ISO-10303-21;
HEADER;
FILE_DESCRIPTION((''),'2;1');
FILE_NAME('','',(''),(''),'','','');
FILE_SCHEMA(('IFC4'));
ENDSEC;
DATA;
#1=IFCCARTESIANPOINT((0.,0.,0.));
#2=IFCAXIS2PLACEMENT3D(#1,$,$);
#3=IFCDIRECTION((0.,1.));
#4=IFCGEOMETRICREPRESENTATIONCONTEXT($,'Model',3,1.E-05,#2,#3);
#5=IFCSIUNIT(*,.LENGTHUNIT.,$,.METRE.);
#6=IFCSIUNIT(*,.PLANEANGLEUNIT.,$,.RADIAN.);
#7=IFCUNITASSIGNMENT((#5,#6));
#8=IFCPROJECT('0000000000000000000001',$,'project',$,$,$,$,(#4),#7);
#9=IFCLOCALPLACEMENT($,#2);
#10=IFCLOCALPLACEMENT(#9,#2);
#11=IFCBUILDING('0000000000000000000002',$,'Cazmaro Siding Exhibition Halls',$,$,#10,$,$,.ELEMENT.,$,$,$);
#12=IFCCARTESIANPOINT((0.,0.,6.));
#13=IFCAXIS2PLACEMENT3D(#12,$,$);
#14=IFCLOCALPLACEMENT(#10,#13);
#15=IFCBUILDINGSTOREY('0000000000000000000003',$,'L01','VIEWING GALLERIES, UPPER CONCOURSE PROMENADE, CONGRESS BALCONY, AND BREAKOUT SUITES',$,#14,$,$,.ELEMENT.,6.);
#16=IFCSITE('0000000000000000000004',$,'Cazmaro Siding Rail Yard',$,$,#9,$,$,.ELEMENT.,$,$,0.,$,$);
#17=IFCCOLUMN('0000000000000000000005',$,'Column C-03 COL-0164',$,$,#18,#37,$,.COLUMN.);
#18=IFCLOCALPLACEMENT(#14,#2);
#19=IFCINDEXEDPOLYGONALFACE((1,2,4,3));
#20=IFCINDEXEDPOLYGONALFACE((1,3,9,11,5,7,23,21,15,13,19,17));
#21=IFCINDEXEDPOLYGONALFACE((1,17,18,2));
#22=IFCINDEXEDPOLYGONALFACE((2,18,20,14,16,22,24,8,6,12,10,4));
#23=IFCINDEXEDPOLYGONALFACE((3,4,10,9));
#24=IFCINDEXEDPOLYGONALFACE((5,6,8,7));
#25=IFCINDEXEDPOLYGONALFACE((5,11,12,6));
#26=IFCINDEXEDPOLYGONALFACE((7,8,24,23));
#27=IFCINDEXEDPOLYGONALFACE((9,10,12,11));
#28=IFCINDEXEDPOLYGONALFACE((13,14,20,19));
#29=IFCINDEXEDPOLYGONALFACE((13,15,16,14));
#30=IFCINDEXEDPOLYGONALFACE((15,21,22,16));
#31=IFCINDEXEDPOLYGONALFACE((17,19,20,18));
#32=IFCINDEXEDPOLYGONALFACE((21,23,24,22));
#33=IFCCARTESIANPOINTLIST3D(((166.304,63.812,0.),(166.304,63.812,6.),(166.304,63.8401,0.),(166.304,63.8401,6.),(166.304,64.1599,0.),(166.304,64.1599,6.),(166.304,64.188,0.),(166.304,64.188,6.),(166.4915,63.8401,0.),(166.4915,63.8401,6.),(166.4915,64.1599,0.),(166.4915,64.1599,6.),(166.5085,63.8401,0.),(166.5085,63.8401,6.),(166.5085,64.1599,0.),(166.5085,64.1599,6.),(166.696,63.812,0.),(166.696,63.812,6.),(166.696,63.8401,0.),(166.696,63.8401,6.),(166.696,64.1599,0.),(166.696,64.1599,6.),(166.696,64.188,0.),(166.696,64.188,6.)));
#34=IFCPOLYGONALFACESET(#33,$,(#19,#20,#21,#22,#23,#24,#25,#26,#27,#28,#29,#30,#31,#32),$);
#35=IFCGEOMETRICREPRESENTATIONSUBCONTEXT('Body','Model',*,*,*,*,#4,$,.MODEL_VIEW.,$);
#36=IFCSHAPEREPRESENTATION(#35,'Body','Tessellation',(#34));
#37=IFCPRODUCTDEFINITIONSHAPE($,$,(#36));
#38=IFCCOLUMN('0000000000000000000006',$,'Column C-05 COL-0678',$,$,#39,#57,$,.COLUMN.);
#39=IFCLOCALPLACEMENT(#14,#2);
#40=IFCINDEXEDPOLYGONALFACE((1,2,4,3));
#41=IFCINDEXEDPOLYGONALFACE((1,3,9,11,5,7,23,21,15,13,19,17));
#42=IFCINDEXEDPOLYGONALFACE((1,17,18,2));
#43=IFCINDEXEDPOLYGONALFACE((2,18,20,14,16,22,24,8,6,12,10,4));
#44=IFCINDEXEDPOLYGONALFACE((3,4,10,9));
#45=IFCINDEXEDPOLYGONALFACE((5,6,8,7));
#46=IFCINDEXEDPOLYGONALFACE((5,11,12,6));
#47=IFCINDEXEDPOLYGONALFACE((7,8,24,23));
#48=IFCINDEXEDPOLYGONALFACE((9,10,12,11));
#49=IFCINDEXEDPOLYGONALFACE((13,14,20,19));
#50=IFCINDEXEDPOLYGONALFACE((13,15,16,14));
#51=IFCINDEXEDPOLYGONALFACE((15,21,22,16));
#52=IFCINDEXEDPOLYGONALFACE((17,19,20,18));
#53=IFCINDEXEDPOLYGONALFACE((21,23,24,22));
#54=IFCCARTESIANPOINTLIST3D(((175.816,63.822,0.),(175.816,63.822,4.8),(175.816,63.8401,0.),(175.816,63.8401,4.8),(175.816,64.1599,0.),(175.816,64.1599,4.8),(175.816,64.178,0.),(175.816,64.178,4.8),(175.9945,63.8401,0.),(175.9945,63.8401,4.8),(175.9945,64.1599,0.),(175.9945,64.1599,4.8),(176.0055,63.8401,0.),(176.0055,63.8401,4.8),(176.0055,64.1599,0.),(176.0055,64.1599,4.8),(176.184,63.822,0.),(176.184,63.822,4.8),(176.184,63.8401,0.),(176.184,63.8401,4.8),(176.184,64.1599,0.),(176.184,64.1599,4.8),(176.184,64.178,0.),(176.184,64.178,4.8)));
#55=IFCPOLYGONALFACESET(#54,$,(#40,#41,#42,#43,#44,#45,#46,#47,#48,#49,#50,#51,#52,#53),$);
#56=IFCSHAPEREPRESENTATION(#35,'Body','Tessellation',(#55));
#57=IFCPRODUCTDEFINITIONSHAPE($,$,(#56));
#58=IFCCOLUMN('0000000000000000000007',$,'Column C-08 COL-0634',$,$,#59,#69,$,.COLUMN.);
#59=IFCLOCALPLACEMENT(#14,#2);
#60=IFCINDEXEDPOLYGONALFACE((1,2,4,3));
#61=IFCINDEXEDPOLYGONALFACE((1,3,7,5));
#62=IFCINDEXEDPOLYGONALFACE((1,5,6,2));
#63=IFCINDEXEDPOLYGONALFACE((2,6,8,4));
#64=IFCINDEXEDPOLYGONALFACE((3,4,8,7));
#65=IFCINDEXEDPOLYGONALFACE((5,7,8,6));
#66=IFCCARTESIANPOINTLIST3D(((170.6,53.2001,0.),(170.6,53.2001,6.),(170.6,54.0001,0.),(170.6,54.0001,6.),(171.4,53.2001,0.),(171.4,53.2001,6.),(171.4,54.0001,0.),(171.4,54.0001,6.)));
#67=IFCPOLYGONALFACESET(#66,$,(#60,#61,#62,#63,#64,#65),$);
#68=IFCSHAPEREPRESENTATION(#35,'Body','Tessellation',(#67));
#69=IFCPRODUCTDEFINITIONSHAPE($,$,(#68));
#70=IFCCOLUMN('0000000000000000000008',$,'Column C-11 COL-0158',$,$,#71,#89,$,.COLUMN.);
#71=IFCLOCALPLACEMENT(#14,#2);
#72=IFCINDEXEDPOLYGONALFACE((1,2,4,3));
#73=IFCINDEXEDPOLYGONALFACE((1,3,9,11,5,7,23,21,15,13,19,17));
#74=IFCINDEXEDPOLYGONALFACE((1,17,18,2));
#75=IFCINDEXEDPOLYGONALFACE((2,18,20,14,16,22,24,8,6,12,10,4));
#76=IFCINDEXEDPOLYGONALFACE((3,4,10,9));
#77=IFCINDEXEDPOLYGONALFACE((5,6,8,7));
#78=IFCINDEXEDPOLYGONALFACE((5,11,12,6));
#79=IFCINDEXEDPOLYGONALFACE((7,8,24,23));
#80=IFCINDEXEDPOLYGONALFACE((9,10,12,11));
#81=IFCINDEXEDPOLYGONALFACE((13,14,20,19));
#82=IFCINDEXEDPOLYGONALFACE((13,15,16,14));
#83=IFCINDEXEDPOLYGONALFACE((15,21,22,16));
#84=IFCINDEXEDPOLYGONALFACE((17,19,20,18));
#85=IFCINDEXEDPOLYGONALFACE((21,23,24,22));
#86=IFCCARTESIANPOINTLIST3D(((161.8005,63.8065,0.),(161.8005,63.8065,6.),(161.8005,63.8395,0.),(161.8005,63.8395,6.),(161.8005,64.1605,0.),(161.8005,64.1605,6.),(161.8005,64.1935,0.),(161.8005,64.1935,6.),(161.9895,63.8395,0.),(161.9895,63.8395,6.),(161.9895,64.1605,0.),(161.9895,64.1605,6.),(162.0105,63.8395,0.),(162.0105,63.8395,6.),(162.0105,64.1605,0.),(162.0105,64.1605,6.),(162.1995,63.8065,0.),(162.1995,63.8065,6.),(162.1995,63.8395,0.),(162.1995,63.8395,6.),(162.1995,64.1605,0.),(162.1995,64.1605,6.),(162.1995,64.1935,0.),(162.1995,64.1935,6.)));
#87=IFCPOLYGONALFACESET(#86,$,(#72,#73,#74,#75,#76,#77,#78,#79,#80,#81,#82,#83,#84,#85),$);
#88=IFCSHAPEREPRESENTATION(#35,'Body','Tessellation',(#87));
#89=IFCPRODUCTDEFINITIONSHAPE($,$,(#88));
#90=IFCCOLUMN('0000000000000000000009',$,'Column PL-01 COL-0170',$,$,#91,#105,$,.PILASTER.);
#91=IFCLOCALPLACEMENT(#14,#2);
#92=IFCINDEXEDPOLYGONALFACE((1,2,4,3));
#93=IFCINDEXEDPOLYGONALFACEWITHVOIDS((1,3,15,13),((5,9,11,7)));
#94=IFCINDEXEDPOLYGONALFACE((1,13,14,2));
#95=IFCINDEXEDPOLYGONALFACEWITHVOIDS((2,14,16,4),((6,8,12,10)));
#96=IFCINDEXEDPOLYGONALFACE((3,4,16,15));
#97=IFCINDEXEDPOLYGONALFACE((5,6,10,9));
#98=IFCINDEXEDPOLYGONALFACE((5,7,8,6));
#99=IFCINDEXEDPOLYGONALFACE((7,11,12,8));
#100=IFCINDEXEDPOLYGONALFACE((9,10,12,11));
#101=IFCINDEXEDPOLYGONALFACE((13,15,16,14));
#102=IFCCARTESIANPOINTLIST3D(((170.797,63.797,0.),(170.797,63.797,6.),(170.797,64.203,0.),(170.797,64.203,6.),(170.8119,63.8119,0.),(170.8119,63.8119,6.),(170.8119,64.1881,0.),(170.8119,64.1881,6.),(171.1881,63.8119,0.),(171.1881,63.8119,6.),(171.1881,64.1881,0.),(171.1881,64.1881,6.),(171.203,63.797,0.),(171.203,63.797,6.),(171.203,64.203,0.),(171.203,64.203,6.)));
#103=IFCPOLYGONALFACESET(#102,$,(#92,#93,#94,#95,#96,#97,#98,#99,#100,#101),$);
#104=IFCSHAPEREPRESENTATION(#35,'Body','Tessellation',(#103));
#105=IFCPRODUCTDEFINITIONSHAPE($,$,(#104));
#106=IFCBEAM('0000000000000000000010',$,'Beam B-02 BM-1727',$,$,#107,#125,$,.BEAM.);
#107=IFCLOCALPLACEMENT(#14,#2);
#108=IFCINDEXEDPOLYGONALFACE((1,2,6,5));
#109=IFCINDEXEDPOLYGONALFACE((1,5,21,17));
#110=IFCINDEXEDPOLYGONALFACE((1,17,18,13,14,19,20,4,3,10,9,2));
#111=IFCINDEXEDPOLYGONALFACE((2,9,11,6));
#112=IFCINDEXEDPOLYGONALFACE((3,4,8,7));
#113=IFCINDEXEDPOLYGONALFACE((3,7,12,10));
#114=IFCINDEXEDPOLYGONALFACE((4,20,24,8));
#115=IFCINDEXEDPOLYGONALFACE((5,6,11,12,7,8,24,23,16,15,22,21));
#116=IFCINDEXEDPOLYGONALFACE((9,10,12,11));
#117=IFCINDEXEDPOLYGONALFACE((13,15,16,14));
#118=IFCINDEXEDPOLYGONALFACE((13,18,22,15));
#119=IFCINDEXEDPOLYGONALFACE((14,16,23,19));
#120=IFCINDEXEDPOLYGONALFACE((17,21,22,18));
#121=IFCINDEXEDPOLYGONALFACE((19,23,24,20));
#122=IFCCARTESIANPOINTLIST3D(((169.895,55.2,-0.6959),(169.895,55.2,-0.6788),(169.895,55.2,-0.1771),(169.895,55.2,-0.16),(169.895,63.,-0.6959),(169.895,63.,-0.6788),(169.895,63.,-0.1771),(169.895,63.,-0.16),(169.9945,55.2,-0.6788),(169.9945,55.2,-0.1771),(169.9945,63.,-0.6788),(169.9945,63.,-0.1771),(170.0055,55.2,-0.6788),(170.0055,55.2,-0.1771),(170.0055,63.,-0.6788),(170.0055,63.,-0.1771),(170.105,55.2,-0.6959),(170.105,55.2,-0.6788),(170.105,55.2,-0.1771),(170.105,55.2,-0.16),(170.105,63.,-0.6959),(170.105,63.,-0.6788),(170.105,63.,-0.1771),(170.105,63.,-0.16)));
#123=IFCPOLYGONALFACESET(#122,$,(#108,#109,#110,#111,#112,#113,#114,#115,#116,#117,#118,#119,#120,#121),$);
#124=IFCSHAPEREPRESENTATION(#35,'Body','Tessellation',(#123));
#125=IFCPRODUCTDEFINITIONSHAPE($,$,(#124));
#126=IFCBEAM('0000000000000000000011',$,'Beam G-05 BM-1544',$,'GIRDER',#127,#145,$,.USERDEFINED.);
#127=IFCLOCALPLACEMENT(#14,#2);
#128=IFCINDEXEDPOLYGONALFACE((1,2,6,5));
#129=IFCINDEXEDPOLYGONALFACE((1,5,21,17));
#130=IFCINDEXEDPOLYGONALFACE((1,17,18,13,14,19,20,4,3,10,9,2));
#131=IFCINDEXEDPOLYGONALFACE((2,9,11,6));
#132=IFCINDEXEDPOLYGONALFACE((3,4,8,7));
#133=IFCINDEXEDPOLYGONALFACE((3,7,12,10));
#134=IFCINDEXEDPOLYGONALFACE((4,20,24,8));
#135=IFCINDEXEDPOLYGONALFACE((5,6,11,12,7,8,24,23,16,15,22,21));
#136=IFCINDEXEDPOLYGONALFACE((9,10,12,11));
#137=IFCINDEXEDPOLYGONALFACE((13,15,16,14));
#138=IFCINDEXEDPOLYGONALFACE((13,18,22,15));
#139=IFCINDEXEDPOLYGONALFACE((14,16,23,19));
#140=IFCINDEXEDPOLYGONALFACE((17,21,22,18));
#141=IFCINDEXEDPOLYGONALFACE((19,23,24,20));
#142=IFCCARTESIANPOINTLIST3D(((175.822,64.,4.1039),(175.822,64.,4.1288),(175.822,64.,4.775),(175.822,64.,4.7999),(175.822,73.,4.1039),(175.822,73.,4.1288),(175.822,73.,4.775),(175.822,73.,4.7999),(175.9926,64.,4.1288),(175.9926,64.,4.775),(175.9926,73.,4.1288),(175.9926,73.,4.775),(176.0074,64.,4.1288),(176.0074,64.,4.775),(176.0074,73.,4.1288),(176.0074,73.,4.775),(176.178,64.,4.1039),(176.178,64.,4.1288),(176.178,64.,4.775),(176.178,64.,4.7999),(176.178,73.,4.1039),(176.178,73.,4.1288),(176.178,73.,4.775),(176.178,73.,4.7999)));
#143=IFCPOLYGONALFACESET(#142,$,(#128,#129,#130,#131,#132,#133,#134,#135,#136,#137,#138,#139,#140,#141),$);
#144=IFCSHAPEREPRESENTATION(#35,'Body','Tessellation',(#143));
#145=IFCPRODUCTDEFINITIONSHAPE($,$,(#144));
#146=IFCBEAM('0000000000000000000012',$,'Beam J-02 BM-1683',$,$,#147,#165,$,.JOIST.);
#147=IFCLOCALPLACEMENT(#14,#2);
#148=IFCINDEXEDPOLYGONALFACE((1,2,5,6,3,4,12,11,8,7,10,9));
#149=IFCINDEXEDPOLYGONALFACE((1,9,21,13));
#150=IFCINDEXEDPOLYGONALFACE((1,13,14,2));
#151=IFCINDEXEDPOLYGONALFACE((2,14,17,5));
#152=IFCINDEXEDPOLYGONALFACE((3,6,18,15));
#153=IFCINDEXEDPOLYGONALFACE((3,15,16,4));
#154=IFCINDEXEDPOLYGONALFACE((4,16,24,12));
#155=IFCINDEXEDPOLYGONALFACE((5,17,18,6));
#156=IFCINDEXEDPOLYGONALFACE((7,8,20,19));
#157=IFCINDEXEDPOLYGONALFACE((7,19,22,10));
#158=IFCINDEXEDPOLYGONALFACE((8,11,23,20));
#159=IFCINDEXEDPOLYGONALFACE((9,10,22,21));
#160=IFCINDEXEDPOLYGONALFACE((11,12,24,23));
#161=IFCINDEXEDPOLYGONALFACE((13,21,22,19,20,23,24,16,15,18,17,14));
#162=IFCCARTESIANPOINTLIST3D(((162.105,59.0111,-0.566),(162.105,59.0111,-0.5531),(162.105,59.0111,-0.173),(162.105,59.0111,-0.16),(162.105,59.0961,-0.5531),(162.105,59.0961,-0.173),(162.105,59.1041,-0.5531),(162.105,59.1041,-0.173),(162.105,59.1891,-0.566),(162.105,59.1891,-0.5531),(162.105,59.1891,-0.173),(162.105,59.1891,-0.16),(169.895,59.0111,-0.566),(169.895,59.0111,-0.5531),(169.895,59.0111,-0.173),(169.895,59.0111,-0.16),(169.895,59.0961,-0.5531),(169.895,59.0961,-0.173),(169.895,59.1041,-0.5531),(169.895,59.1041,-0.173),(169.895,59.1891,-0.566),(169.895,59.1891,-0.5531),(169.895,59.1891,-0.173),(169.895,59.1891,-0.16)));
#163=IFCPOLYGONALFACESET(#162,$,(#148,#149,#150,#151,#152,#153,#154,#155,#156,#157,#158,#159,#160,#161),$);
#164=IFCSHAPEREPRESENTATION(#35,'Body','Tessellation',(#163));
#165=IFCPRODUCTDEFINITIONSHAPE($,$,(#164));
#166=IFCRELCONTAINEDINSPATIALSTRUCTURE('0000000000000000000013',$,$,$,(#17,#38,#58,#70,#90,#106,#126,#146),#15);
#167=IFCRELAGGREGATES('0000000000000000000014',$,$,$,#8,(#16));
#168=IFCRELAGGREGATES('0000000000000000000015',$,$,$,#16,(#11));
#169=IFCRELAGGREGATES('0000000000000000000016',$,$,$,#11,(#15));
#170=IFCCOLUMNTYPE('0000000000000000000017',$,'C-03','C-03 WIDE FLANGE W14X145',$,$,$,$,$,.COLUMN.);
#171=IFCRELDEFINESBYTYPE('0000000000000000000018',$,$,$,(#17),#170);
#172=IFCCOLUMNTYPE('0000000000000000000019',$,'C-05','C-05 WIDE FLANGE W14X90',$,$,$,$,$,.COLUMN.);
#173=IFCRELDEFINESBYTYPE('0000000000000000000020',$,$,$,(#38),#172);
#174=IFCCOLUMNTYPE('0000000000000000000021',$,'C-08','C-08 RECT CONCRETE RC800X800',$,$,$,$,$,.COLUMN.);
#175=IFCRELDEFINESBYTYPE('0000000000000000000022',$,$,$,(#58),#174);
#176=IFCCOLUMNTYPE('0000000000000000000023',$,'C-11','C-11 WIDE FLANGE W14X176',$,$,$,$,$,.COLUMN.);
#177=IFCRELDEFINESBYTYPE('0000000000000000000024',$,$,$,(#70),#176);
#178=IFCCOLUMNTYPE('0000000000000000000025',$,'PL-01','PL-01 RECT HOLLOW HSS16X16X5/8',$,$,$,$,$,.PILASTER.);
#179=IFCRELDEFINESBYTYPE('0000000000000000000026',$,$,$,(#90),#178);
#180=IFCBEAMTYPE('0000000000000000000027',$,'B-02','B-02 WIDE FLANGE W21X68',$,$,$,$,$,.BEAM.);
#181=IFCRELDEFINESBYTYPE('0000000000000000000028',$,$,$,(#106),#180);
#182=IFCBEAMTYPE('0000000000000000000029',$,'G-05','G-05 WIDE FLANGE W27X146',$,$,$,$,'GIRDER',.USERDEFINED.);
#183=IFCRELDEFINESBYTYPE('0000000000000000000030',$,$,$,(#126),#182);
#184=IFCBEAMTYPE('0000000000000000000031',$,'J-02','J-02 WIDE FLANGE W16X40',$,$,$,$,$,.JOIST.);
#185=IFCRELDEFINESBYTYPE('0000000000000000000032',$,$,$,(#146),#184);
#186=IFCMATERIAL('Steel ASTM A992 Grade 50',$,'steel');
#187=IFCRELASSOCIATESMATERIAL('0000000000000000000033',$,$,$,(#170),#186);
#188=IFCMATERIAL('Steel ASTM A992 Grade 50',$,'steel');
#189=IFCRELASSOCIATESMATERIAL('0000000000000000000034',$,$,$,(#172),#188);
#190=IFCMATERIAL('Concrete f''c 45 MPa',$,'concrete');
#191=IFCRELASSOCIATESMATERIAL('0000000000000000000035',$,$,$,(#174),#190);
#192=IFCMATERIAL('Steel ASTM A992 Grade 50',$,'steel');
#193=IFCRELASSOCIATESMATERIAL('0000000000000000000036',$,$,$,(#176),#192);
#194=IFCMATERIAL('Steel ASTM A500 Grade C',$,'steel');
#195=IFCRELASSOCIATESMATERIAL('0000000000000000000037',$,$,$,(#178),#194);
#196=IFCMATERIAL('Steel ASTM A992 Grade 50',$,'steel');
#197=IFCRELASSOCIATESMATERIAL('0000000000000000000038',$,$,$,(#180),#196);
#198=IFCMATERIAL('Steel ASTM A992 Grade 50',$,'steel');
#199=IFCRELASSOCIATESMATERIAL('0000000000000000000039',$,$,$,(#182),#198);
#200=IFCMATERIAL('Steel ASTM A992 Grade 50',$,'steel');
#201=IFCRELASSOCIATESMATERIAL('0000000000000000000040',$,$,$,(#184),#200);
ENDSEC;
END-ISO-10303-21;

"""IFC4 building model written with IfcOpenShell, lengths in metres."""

from ifc_helpers import new_model, si_unit, direction, frame, origin, origin_2d, place, context, subcontext, project, spatial, rectangle, hollow_rectangle, i_section, extrude, material, material_profile, profile_set, type_object, element, save


model = new_model("IFC4")

# Units and contexts
model_context = context("Model", 3, precision=1e-05, world=origin(), true_north=direction((0.0, 1.0)))
body_context = subcontext(model_context, "Body", "Model", "MODEL_VIEW")
ifc_project = project(units=[si_unit("LENGTHUNIT", "METRE"), si_unit("PLANEANGLEUNIT", "RADIAN")], contexts=[model_context])

# Site, building, storey
site_placement = place(None, origin())
site = spatial("IfcSite", under=ifc_project, at=site_placement, Name="Cazmaro Siding Rail Yard", CompositionType="ELEMENT", RefElevation=0.0)
building_placement = place(site_placement, origin())
building = spatial("IfcBuilding", under=site, at=building_placement, Name="Cazmaro Siding Exhibition Halls", CompositionType="ELEMENT")
storey_placement = place(building_placement, frame((0.0, 0.0, 6.0)))
storey = spatial("IfcBuildingStorey", under=building, at=storey_placement, Name="L01", Description="VIEWING GALLERIES, UPPER CONCOURSE PROMENADE, CONGRESS BALCONY, AND BREAKOUT SUITES", CompositionType="ELEMENT", Elevation=6.0)

# Columns
ifc_material_1 = material(Name="Steel ASTM A992 Grade 50", Category="steel")
ifc_material_profile_1 = material_profile(ifc_material_1, i_section(OverallWidth=0.3921, OverallDepth=0.376, WebThickness=0.0171, FlangeThickness=0.0281, at=origin_2d()), Name="W14X145")
ifc_profile_set_1 = profile_set([ifc_material_profile_1], Name="Steel ASTM A992 Grade 50")
column_type_1 = type_object("IfcColumnType", Name="C-03", Description="C-03 WIDE FLANGE W14X145", PredefinedType="COLUMN", material=ifc_profile_set_1)
column_1_placement = place(storey_placement, frame((166.5, 64.0, 0.0), z_axis=(0.0, 0.0, 1.0), x_axis=(1.0, 0.0, 0.0)))
element("IfcColumn", 1, at=column_1_placement, inside=storey, type_object=column_type_1, Name="Column C-03 COL-0164", PredefinedType="COLUMN", context=body_context, shape_type="SweptSolid", body=[
    extrude(i_section(OverallWidth=0.3921, OverallDepth=0.376, WebThickness=0.0171, FlangeThickness=0.0281, at=origin_2d()), origin(), (0.0, 0.0, 1.0), 6.0),
])
ifc_material_2 = material(Name="Steel ASTM A992 Grade 50", Category="steel")
ifc_material_profile_2 = material_profile(ifc_material_2, i_section(OverallWidth=0.3679, OverallDepth=0.356, WebThickness=0.011, FlangeThickness=0.0181, at=origin_2d()), Name="W14X90")
ifc_profile_set_2 = profile_set([ifc_material_profile_2], Name="Steel ASTM A992 Grade 50")
column_type_2 = type_object("IfcColumnType", Name="C-05", Description="C-05 WIDE FLANGE W14X90", PredefinedType="COLUMN", material=ifc_profile_set_2)
column_2_placement = place(storey_placement, frame((176.0, 64.0, 0.0), z_axis=(0.0, 0.0, 1.0), x_axis=(1.0, 0.0, 0.0)))
element("IfcColumn", 2, at=column_2_placement, inside=storey, type_object=column_type_2, Name="Column C-05 COL-0678", PredefinedType="COLUMN", context=body_context, shape_type="SweptSolid", body=[
    extrude(i_section(OverallWidth=0.3679, OverallDepth=0.356, WebThickness=0.011, FlangeThickness=0.0181, at=origin_2d()), origin(), (0.0, 0.0, 1.0), 4.8),
])
ifc_material_3 = material(Name="Concrete f'c 45 MPa", Category="concrete")
ifc_material_profile_3 = material_profile(ifc_material_3, rectangle(XDim=0.8, YDim=0.8, at=origin_2d()), Name="RC800X800")
ifc_profile_set_3 = profile_set([ifc_material_profile_3], Name="Concrete f'c 45 MPa")
column_type_3 = type_object("IfcColumnType", Name="C-08", Description="C-08 RECT CONCRETE RC800X800", PredefinedType="COLUMN", material=ifc_profile_set_3)
column_3_placement = place(storey_placement, frame((171.0, 53.6001, 0.0), z_axis=(0.0, 0.0, 1.0), x_axis=(1.0, 0.0, 0.0)))
element("IfcColumn", 3, at=column_3_placement, inside=storey, type_object=column_type_3, Name="Column C-08 COL-0634", PredefinedType="COLUMN", context=body_context, shape_type="SweptSolid", body=[
    extrude(rectangle(XDim=0.8, YDim=0.8, at=origin_2d()), origin(), (0.0, 0.0, 1.0), 6.0),
])
ifc_material_4 = material(Name="Steel ASTM A992 Grade 50", Category="steel")
ifc_material_profile_4 = material_profile(ifc_material_4, i_section(OverallWidth=0.3989, OverallDepth=0.387, WebThickness=0.021, FlangeThickness=0.033, at=origin_2d()), Name="W14X176")
ifc_profile_set_4 = profile_set([ifc_material_profile_4], Name="Steel ASTM A992 Grade 50")
column_type_4 = type_object("IfcColumnType", Name="C-11", Description="C-11 WIDE FLANGE W14X176", PredefinedType="COLUMN", material=ifc_profile_set_4)
column_4_placement = place(storey_placement, frame((162.0, 64.0, 0.0), z_axis=(0.0, 0.0, 1.0), x_axis=(1.0, 0.0, 0.0)))
element("IfcColumn", 4, at=column_4_placement, inside=storey, type_object=column_type_4, Name="Column C-11 COL-0158", PredefinedType="COLUMN", context=body_context, shape_type="SweptSolid", body=[
    extrude(i_section(OverallWidth=0.3989, OverallDepth=0.387, WebThickness=0.021, FlangeThickness=0.033, at=origin_2d()), origin(), (0.0, 0.0, 1.0), 6.0),
])
ifc_material_5 = material(Name="Steel ASTM A500 Grade C", Category="steel")
ifc_material_profile_5 = material_profile(ifc_material_5, hollow_rectangle(XDim=0.406, YDim=0.406, WallThickness=0.0149, at=origin_2d()), Name="HSS16X16X5/8")
ifc_profile_set_5 = profile_set([ifc_material_profile_5], Name="Steel ASTM A500 Grade C")
column_type_5 = type_object("IfcColumnType", Name="PL-01", Description="PL-01 RECT HOLLOW HSS16X16X5/8", PredefinedType="PILASTER", material=ifc_profile_set_5)
column_5_placement = place(storey_placement, frame((171.0, 64.0, 0.0), z_axis=(0.0, 0.0, 1.0), x_axis=(1.0, 0.0, 0.0)))
element("IfcColumn", 5, at=column_5_placement, inside=storey, type_object=column_type_5, Name="Column PL-01 COL-0170", PredefinedType="PILASTER", context=body_context, shape_type="SweptSolid", body=[
    extrude(hollow_rectangle(XDim=0.406, YDim=0.406, WallThickness=0.0149, at=origin_2d()), origin(), (0.0, 0.0, 1.0), 6.0),
])

# Beams
ifc_material_6 = material(Name="Steel ASTM A992 Grade 50", Category="steel")
ifc_material_profile_6 = material_profile(ifc_material_6, i_section(OverallWidth=0.21, OverallDepth=0.5359, WebThickness=0.011, FlangeThickness=0.0171, at=origin_2d()), Name="W21X68")
ifc_profile_set_6 = profile_set([ifc_material_profile_6], Name="Steel ASTM A992 Grade 50")
beam_type_1 = type_object("IfcBeamType", Name="B-02", Description="B-02 WIDE FLANGE W21X68", PredefinedType="BEAM", material=ifc_profile_set_6)
beam_1_placement = place(storey_placement, frame((170.0, 55.2, -0.428), z_axis=(0.0, 1.0, 0.0), x_axis=(-1.0, 0.0, 0.0)))
element("IfcBeam", 6, at=beam_1_placement, inside=storey, type_object=beam_type_1, Name="Beam B-02 BM-1727", PredefinedType="BEAM", context=body_context, shape_type="SweptSolid", body=[
    extrude(i_section(OverallWidth=0.21, OverallDepth=0.5359, WebThickness=0.011, FlangeThickness=0.0171, at=origin_2d()), origin(), (0.0, 0.0, 1.0), 7.8),
])
ifc_material_7 = material(Name="Steel ASTM A992 Grade 50", Category="steel")
ifc_material_profile_7 = material_profile(ifc_material_7, i_section(OverallWidth=0.356, OverallDepth=0.696, WebThickness=0.0149, FlangeThickness=0.0249, at=origin_2d()), Name="W27X146")
ifc_profile_set_7 = profile_set([ifc_material_profile_7], Name="Steel ASTM A992 Grade 50")
beam_type_2 = type_object("IfcBeamType", Name="G-05", Description="G-05 WIDE FLANGE W27X146", ElementType="GIRDER", PredefinedType="USERDEFINED", material=ifc_profile_set_7)
beam_2_placement = place(storey_placement, frame((176.0, 64.0, 4.4519), z_axis=(0.0, 1.0, 0.0), x_axis=(-1.0, 0.0, 0.0)))
element("IfcBeam", 7, at=beam_2_placement, inside=storey, type_object=beam_type_2, Name="Beam G-05 BM-1544", ObjectType="GIRDER", PredefinedType="USERDEFINED", context=body_context, shape_type="SweptSolid", body=[
    extrude(i_section(OverallWidth=0.356, OverallDepth=0.696, WebThickness=0.0149, FlangeThickness=0.0249, at=origin_2d()), origin(), (0.0, 0.0, 1.0), 9.0),
])
ifc_material_8 = material(Name="Steel ASTM A992 Grade 50", Category="steel")
ifc_material_profile_8 = material_profile(ifc_material_8, i_section(OverallWidth=0.178, OverallDepth=0.406, WebThickness=0.0081, FlangeThickness=0.0129, at=origin_2d()), Name="W16X40")
ifc_profile_set_8 = profile_set([ifc_material_profile_8], Name="Steel ASTM A992 Grade 50")
beam_type_3 = type_object("IfcBeamType", Name="J-02", Description="J-02 WIDE FLANGE W16X40", PredefinedType="JOIST", material=ifc_profile_set_8)
beam_3_placement = place(storey_placement, frame((162.105, 59.1001, -0.363), z_axis=(1.0, 0.0, 0.0), x_axis=(0.0, 1.0, 0.0)))
element("IfcBeam", 8, at=beam_3_placement, inside=storey, type_object=beam_type_3, Name="Beam J-02 BM-1683", PredefinedType="JOIST", context=body_context, shape_type="SweptSolid", body=[
    extrude(i_section(OverallWidth=0.178, OverallDepth=0.406, WebThickness=0.0081, FlangeThickness=0.0129, at=origin_2d()), origin(), (0.0, 0.0, 1.0), 7.79),
])

save(model, "model.ifc")
